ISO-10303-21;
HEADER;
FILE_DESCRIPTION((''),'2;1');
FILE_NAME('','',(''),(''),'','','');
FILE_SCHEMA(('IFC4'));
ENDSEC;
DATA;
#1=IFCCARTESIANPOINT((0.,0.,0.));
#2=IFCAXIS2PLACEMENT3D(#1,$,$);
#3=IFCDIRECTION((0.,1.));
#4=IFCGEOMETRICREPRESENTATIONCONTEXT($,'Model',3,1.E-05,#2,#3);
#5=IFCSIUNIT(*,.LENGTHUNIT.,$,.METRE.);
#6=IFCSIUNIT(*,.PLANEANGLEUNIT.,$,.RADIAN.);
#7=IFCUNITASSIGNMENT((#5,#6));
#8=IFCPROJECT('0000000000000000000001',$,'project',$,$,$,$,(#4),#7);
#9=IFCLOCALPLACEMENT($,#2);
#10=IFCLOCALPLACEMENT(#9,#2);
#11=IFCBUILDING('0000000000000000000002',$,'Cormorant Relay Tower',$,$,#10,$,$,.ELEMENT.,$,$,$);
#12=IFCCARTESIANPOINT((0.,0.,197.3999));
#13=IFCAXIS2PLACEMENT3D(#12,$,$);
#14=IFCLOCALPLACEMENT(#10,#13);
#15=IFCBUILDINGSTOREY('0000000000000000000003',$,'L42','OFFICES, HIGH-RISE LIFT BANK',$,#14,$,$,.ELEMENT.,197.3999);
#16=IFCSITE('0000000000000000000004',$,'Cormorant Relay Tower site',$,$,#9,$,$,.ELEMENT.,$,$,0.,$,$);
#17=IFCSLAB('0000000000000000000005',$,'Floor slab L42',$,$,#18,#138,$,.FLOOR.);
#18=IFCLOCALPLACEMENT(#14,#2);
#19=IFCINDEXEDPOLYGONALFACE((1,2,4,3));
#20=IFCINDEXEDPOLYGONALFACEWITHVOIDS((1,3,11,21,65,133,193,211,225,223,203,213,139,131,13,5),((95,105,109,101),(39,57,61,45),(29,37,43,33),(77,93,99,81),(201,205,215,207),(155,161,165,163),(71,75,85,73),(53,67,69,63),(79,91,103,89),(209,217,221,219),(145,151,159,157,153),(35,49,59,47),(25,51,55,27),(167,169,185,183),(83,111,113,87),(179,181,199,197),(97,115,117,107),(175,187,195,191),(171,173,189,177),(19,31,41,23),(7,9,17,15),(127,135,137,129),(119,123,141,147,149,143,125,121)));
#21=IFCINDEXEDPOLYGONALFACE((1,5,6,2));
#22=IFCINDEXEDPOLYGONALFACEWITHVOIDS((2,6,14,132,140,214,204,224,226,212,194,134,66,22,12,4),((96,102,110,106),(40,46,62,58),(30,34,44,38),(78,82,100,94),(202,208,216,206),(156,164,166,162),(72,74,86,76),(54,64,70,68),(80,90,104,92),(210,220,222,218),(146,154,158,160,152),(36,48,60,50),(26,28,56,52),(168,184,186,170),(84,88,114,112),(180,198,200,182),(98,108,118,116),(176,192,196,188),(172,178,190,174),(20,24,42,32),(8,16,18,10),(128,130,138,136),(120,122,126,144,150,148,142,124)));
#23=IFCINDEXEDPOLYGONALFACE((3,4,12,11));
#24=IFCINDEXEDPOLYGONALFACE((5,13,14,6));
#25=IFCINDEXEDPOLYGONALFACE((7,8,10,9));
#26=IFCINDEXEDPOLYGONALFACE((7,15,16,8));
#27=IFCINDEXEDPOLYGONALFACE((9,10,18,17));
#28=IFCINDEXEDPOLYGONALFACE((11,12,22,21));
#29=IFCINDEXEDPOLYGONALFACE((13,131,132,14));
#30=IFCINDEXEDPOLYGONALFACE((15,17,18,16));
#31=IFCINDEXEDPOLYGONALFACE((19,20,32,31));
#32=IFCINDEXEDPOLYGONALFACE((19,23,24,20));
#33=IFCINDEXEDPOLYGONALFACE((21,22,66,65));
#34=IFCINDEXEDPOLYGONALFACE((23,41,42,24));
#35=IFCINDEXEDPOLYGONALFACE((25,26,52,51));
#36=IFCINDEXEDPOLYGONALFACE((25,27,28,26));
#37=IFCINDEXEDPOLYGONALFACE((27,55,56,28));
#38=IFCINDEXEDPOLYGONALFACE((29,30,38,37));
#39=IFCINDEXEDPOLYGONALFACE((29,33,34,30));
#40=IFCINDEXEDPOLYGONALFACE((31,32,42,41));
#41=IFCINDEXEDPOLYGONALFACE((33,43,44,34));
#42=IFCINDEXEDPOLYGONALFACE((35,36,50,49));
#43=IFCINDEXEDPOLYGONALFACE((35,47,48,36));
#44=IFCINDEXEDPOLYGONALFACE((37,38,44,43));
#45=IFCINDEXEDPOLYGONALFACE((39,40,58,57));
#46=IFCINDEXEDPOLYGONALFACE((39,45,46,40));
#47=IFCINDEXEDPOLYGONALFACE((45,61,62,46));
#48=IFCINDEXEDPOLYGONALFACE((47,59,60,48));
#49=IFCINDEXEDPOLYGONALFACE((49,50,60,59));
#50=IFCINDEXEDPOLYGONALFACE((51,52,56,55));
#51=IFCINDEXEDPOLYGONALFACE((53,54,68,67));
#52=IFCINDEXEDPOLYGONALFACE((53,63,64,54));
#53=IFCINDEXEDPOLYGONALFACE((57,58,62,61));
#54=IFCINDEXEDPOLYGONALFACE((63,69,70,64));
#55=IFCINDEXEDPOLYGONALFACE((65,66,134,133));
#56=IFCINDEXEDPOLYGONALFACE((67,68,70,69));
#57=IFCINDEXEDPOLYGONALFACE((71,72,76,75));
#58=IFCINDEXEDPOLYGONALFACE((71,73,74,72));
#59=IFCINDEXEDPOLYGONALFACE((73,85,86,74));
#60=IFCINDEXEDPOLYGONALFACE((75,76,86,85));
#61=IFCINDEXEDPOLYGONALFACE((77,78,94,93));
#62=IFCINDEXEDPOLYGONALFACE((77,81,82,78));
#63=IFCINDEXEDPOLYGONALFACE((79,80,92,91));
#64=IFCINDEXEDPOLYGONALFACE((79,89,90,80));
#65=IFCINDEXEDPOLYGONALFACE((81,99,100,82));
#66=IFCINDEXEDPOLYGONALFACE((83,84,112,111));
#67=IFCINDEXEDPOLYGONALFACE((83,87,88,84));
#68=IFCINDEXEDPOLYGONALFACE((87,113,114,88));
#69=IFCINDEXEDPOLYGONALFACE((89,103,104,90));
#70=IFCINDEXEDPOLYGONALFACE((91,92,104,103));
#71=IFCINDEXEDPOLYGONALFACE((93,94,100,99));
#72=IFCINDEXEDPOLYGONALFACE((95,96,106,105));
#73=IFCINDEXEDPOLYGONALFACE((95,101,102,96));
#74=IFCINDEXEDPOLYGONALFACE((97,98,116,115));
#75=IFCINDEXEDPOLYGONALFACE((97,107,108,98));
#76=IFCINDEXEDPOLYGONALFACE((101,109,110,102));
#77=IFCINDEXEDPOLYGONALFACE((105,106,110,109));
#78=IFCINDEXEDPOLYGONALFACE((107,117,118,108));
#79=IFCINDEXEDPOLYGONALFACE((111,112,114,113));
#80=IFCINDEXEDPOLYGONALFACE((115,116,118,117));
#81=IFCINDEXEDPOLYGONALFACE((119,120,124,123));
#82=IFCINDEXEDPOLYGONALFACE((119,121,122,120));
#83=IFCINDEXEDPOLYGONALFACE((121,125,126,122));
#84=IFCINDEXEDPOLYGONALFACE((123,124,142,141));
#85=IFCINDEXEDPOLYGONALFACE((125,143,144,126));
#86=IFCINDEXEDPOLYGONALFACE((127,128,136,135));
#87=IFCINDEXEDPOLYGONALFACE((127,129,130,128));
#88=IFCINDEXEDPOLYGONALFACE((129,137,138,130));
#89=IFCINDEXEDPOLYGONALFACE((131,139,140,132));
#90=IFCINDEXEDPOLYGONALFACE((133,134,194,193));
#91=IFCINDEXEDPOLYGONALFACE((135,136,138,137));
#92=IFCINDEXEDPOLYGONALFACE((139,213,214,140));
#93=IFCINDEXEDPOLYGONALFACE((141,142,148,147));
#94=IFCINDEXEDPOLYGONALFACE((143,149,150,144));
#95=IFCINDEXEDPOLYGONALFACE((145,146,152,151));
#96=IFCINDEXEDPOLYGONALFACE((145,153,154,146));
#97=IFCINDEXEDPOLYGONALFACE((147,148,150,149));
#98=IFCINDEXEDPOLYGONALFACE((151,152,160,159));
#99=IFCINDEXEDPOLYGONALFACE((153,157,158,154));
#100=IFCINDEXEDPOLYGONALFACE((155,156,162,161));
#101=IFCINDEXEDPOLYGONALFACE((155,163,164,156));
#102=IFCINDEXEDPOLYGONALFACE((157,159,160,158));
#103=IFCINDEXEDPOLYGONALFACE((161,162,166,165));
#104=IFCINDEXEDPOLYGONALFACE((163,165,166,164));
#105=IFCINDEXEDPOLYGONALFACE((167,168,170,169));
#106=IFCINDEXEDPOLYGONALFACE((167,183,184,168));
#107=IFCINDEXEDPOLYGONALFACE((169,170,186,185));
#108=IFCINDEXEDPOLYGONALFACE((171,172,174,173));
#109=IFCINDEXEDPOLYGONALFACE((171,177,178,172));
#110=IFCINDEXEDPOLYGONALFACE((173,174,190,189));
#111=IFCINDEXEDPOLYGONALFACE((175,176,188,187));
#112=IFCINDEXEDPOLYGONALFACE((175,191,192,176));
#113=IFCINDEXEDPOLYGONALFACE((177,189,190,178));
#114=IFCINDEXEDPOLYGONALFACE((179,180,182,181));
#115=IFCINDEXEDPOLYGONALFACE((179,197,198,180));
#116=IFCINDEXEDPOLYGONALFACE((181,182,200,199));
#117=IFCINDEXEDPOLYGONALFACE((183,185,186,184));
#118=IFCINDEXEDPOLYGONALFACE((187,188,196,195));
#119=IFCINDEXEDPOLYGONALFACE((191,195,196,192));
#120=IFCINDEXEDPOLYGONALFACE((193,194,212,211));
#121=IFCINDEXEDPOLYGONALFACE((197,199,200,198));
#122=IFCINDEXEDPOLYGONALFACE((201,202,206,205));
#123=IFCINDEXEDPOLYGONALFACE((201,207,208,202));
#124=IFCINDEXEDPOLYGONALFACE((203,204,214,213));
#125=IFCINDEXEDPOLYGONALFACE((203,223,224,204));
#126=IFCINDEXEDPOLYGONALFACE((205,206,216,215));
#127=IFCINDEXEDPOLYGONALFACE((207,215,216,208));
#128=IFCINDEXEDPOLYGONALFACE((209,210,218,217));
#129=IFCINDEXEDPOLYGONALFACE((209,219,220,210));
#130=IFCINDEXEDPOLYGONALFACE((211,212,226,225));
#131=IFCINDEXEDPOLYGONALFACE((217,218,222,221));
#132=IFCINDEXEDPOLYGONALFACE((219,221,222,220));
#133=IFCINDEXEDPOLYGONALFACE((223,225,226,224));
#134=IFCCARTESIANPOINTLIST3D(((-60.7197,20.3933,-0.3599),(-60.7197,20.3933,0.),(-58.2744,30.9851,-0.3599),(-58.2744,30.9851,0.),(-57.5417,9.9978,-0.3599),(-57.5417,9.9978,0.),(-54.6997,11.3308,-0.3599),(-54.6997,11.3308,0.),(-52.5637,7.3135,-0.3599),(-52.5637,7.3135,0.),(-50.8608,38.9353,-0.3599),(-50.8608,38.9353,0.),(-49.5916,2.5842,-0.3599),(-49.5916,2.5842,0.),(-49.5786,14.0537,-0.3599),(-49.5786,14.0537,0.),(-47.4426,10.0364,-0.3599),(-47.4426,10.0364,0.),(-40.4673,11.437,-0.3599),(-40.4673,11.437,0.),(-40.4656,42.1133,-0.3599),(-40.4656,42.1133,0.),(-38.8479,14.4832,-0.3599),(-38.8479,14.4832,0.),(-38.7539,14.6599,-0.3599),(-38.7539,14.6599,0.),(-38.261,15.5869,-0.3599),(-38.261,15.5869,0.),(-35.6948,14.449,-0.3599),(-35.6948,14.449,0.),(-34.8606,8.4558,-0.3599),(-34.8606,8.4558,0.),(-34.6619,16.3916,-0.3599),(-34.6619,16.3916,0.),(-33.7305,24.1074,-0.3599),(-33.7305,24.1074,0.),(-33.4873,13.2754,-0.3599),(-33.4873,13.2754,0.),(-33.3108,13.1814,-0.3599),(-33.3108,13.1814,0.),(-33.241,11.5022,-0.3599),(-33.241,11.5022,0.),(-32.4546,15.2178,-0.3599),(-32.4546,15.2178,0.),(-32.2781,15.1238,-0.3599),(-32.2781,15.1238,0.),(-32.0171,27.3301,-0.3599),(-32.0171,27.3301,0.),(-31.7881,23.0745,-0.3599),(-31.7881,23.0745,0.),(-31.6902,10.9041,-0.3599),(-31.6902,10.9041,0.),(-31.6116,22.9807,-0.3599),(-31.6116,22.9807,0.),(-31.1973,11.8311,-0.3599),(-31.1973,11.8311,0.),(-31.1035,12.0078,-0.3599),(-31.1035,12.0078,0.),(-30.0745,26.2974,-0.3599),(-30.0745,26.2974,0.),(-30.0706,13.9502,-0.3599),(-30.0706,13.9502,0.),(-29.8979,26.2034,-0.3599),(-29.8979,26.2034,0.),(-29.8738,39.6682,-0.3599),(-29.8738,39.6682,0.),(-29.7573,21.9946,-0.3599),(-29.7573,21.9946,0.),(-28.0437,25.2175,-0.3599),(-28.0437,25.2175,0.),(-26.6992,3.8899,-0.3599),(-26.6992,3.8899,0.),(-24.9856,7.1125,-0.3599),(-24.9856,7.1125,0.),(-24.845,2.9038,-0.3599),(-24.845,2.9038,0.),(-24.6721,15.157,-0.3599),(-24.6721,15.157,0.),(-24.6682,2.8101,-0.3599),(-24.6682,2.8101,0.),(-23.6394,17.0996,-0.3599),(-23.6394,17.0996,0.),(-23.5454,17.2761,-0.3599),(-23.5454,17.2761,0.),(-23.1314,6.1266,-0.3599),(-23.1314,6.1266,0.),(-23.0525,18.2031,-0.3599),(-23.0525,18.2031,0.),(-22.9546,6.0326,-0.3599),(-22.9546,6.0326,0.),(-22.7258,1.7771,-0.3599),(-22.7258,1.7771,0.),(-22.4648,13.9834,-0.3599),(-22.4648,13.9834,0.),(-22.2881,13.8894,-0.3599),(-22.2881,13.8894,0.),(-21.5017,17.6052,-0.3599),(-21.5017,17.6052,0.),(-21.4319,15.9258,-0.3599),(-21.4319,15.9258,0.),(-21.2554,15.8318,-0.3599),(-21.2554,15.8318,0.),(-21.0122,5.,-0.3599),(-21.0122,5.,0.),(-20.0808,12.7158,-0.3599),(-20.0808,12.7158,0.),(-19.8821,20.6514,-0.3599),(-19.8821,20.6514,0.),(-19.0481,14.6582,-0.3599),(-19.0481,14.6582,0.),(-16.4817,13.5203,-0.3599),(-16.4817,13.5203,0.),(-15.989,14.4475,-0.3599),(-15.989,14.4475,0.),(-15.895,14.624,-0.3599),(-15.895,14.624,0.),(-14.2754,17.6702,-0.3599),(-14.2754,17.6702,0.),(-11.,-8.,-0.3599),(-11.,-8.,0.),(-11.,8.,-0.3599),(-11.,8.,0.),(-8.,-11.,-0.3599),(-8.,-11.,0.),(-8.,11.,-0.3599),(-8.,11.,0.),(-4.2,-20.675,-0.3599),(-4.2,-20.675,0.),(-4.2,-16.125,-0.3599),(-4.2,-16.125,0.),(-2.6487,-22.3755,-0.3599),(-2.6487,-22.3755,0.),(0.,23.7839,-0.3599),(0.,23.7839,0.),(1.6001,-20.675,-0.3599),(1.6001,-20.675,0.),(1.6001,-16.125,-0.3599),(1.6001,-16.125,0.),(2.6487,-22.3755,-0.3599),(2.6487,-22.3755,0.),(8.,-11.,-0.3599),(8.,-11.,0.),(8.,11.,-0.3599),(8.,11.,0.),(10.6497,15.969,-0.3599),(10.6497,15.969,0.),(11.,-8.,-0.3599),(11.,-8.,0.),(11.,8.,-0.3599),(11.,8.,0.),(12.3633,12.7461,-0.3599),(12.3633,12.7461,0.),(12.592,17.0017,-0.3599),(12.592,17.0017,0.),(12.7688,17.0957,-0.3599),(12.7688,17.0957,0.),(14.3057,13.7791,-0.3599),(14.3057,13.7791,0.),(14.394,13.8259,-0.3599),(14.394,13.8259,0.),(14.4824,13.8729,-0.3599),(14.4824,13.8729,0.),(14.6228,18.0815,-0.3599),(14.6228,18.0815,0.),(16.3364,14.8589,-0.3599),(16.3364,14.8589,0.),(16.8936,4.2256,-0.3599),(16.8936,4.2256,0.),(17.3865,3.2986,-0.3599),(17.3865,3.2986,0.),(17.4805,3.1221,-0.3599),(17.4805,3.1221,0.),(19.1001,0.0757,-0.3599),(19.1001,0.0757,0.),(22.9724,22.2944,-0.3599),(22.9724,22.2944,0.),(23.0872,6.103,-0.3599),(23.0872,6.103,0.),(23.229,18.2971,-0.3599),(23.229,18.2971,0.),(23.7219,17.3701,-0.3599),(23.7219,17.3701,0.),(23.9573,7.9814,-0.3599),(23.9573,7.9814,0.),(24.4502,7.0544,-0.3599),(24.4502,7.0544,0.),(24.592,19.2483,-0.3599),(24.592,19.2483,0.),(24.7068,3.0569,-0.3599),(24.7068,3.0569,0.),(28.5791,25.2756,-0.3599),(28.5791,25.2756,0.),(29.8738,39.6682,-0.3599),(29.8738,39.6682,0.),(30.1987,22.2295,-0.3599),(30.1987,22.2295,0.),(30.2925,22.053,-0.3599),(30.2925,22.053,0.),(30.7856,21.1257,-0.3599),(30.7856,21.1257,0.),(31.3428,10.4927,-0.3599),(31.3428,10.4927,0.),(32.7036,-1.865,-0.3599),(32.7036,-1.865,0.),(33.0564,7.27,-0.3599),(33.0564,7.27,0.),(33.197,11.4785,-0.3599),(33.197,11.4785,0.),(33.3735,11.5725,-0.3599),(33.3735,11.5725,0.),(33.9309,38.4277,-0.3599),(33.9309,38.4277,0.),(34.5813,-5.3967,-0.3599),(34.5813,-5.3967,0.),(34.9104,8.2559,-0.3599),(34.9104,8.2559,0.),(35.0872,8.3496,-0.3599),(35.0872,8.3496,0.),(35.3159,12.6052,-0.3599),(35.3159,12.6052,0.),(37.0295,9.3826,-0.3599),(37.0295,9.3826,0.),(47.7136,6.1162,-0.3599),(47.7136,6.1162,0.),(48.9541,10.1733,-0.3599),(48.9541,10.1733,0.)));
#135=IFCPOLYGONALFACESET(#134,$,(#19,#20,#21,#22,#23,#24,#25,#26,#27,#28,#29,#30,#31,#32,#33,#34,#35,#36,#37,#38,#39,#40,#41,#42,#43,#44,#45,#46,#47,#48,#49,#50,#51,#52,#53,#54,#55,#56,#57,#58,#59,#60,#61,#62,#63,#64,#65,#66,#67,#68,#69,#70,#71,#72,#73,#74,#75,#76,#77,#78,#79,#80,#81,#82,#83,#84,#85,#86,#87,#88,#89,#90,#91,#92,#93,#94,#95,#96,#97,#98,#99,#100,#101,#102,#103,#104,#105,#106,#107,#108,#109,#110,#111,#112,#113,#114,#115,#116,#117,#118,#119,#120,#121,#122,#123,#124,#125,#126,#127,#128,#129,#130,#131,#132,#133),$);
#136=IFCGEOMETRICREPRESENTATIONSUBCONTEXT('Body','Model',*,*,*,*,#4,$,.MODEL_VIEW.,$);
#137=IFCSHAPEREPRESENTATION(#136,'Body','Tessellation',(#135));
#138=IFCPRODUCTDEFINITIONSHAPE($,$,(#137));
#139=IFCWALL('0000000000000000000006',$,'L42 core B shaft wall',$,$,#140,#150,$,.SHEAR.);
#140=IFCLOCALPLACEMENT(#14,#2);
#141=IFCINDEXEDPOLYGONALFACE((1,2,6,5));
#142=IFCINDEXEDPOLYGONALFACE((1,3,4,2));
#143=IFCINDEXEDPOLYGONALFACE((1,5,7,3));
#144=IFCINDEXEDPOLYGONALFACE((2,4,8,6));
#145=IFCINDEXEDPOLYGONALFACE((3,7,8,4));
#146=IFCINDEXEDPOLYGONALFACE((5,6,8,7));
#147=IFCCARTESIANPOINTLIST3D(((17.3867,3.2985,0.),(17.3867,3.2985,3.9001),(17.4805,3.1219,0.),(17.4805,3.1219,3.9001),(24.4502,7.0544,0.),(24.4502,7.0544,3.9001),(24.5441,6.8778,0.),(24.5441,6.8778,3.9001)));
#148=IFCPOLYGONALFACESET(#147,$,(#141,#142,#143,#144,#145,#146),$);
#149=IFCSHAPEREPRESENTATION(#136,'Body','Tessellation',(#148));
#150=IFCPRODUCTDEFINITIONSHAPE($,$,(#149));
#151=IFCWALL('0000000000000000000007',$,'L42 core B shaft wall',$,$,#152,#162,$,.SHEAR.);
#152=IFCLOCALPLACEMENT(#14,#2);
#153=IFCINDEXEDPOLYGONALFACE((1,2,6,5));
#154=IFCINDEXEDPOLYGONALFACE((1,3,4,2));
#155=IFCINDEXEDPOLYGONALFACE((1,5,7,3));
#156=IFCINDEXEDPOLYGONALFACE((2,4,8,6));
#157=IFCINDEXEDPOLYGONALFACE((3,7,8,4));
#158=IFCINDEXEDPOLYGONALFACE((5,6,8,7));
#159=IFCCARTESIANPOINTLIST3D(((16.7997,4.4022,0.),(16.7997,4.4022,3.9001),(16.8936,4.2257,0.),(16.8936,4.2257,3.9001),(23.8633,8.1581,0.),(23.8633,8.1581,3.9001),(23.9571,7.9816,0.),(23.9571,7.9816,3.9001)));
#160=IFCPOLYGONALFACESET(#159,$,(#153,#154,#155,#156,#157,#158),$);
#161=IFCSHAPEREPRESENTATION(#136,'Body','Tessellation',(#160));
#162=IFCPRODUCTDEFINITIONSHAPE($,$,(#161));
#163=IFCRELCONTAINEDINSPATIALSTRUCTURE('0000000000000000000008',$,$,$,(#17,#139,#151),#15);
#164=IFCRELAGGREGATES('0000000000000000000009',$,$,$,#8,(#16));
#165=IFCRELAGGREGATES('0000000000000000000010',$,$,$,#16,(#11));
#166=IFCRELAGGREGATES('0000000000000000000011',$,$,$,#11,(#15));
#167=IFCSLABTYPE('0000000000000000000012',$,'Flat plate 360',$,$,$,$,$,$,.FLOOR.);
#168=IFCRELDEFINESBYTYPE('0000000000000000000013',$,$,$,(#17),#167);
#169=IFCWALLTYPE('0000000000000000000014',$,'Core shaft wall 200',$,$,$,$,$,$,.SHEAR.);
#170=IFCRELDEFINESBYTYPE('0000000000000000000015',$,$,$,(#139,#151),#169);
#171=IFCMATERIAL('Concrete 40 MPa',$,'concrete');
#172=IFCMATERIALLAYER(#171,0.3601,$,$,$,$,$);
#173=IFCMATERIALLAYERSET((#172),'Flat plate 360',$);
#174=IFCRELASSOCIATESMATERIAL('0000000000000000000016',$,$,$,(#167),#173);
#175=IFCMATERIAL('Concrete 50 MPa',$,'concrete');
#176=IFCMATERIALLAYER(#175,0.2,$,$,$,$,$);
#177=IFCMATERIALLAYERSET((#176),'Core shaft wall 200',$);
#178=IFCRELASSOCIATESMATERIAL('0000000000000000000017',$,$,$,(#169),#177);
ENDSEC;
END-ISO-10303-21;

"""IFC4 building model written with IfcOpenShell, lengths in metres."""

from ifc_helpers import new_model, si_unit, direction, frame, frame_2d, origin, place, context, subcontext, project, spatial, polyline, rectangle, outline, extrude, material, layer, layer_set, type_object, element, save


model = new_model("IFC4")

# Units and contexts
model_context = context("Model", 3, precision=1e-05, world=origin(), true_north=direction((0.0, 1.0)))
body_context = subcontext(model_context, "Body", "Model", "MODEL_VIEW")
ifc_project = project(units=[si_unit("LENGTHUNIT", "METRE"), si_unit("PLANEANGLEUNIT", "RADIAN")], contexts=[model_context])

# Site, building, storey
site_placement = place(None, origin())
site = spatial("IfcSite", under=ifc_project, at=site_placement, Name="Cormorant Relay Tower site", CompositionType="ELEMENT", RefElevation=0.0)
building_placement = place(site_placement, origin())
building = spatial("IfcBuilding", under=site, at=building_placement, Name="Cormorant Relay Tower", CompositionType="ELEMENT")
storey_placement = place(building_placement, frame((0.0, 0.0, 197.3999)))
storey = spatial("IfcBuildingStorey", under=building, at=storey_placement, Name="L42", Description="OFFICES, HIGH-RISE LIFT BANK", CompositionType="ELEMENT", Elevation=197.3999)

# Slab
ifc_material_1 = material(Name="Concrete 40 MPa", Category="concrete")
ifc_layer_1 = layer(ifc_material_1, 0.3601)
ifc_layer_set_1 = layer_set([ifc_layer_1], Name="Flat plate 360")
slab_type_1 = type_object("IfcSlabType", Name="Flat plate 360", PredefinedType="FLOOR", material=ifc_layer_set_1)
slab_1_placement = place(storey_placement, frame((0.0, 0.0, -0.3599)))
element("IfcSlab", 1, at=slab_1_placement, inside=storey, type_object=slab_type_1, Name="Floor slab L42", PredefinedType="FLOOR", context=body_context, shape_type="SweptSolid", body=[
    extrude(outline(polyline([(-60.7197, 20.3933), (-58.2744, 30.9851), (-50.8608, 38.9353), (-40.4656, 42.1133), (-29.8738, 39.6682), (0.0, 23.7839), (29.8738, 39.6682), (33.9309, 38.4277), (48.9541, 10.1733), (47.7136, 6.1162), (32.7036, -1.865), (34.5813, -5.3967), (2.6487, -22.3755), (-2.6487, -22.3755), (-49.5916, 2.5842), (-57.5417, 9.9978), (-60.7197, 20.3933)]), holes=[polyline([(11.0, -8.0), (11.0, 8.0), (8.0, 11.0), (-8.0, 11.0), (-11.0, 8.0), (-11.0, -8.0), (-8.0, -11.0), (8.0, -11.0), (11.0, -8.0)]), polyline([(-22.9546, 6.0327), (-24.6682, 2.8101), (-22.7258, 1.7771), (-21.0122, 5.0), (-23.043, 6.0796), (-22.9546, 6.0327)]), polyline([(-24.9856, 7.1125), (-26.6992, 3.8899), (-24.845, 2.9038), (-23.1313, 6.1267), (-23.043, 6.0796), (-24.9856, 7.1125)]), polyline([(-54.6997, 11.3308), (-52.5637, 7.3135), (-47.4426, 10.0364), (-49.5786, 14.0537), (-54.6997, 11.3308)]), polyline([(-33.241, 11.5022), (-38.8479, 14.4832), (-40.4673, 11.437), (-34.8606, 8.4558), (-33.241, 11.5022)]), polyline([(-38.261, 15.5869), (-38.7539, 14.6599), (-31.6902, 10.9041), (-31.1973, 11.8311), (-38.261, 15.5869)]), polyline([(-31.1035, 12.0078), (-30.0706, 13.9502), (-32.2781, 15.1238), (-33.3108, 13.1814), (-31.1035, 12.0078)]), polyline([(-22.2881, 13.8894), (-20.0808, 12.7158), (-19.0481, 14.6582), (-21.2554, 15.8318), (-22.2881, 13.8894)]), polyline([(-34.6619, 16.3916), (-35.6948, 14.449), (-33.4873, 13.2754), (-32.4546, 15.2178), (-34.6619, 16.3916)]), polyline([(-21.4319, 15.9258), (-23.6394, 17.0996), (-24.6721, 15.157), (-22.4648, 13.9834), (-21.4319, 15.9258)]), polyline([(-31.6116, 22.9807), (-29.7573, 21.9946), (-28.0437, 25.2175), (-29.8979, 26.2034), (-31.6116, 22.9807)]), polyline([(-32.0171, 27.3301), (-33.7305, 24.1074), (-31.7881, 23.0745), (-30.0745, 26.2974), (-32.0171, 27.3301)]), polyline([(-4.2, -16.125), (-4.2, -20.675), (1.6001, -20.675), (1.6001, -16.125), (-4.2, -16.125)]), polyline([(17.4805, 3.1221), (19.1001, 0.0757), (24.7068, 3.0569), (23.0872, 6.103), (17.4805, 3.1221)]), polyline([(17.3865, 3.2986), (24.4502, 7.0544), (23.9573, 7.9814), (16.8936, 4.2256), (17.3865, 3.2986)]), polyline([(33.197, 11.4785), (31.3428, 10.4927), (33.0564, 7.27), (34.9104, 8.2559), (33.197, 11.4785)]), polyline([(33.3735, 11.5725), (35.0872, 8.3496), (37.0295, 9.3826), (35.3159, 12.6052), (33.3735, 11.5725)]), polyline([(14.3057, 13.7791), (12.592, 17.0017), (10.6497, 15.969), (12.3633, 12.7461), (14.394, 13.8259), (14.3057, 13.7791)]), polyline([(16.3364, 14.8589), (14.6228, 18.0815), (12.7688, 17.0957), (14.4824, 13.8728), (14.394, 13.8259), (16.3364, 14.8589)]), polyline([(-16.4817, 13.5203), (-15.989, 14.4475), (-23.0525, 18.2031), (-23.5454, 17.2761), (-16.4817, 13.5203)]), polyline([(-15.895, 14.624), (-14.2754, 17.6702), (-19.8821, 20.6514), (-21.5017, 17.6052), (-15.895, 14.624)]), polyline([(30.7856, 21.1257), (30.2925, 22.053), (23.229, 18.2971), (23.7219, 17.3701), (30.7856, 21.1257)]), polyline([(24.592, 19.2483), (30.1987, 22.2295), (28.5791, 25.2756), (22.9724, 22.2944), (24.592, 19.2483)])]), origin(), (0.0, 0.0, 1.0), 0.3599),
])

# Walls
ifc_material_2 = material(Name="Concrete 50 MPa", Category="concrete")
ifc_layer_2 = layer(ifc_material_2, 0.2)
ifc_layer_set_2 = layer_set([ifc_layer_2], Name="Core shaft wall 200")
wall_type_1 = type_object("IfcWallType", Name="Core shaft wall 200", PredefinedType="SHEAR", material=ifc_layer_set_2)
for number, where, z_axis, x_axis, name in (
    (2, (17.4336, 3.2102, 0.0), (0.0, 0.0, 1.0), (0.88294, 0.469485, 0.0), "L42 core B shaft wall"),
    (3, (16.8467, 4.314, 0.0), (0.0, 0.0, 1.0), (0.88294, 0.469485, 0.0), "L42 core B shaft wall"),
):
    element("IfcWall", number, at=place(storey_placement, frame(where, z_axis=z_axis, x_axis=x_axis)), inside=storey, type_object=wall_type_1, Name=name, PredefinedType="SHEAR", context=body_context, shape_type="SweptSolid", body=[
        extrude(rectangle(XDim=8.0, YDim=0.2, at=frame_2d((4.0, 0.0))), origin(), (0.0, 0.0, 1.0), 3.9001),
    ])

save(model, "model.ifc")
